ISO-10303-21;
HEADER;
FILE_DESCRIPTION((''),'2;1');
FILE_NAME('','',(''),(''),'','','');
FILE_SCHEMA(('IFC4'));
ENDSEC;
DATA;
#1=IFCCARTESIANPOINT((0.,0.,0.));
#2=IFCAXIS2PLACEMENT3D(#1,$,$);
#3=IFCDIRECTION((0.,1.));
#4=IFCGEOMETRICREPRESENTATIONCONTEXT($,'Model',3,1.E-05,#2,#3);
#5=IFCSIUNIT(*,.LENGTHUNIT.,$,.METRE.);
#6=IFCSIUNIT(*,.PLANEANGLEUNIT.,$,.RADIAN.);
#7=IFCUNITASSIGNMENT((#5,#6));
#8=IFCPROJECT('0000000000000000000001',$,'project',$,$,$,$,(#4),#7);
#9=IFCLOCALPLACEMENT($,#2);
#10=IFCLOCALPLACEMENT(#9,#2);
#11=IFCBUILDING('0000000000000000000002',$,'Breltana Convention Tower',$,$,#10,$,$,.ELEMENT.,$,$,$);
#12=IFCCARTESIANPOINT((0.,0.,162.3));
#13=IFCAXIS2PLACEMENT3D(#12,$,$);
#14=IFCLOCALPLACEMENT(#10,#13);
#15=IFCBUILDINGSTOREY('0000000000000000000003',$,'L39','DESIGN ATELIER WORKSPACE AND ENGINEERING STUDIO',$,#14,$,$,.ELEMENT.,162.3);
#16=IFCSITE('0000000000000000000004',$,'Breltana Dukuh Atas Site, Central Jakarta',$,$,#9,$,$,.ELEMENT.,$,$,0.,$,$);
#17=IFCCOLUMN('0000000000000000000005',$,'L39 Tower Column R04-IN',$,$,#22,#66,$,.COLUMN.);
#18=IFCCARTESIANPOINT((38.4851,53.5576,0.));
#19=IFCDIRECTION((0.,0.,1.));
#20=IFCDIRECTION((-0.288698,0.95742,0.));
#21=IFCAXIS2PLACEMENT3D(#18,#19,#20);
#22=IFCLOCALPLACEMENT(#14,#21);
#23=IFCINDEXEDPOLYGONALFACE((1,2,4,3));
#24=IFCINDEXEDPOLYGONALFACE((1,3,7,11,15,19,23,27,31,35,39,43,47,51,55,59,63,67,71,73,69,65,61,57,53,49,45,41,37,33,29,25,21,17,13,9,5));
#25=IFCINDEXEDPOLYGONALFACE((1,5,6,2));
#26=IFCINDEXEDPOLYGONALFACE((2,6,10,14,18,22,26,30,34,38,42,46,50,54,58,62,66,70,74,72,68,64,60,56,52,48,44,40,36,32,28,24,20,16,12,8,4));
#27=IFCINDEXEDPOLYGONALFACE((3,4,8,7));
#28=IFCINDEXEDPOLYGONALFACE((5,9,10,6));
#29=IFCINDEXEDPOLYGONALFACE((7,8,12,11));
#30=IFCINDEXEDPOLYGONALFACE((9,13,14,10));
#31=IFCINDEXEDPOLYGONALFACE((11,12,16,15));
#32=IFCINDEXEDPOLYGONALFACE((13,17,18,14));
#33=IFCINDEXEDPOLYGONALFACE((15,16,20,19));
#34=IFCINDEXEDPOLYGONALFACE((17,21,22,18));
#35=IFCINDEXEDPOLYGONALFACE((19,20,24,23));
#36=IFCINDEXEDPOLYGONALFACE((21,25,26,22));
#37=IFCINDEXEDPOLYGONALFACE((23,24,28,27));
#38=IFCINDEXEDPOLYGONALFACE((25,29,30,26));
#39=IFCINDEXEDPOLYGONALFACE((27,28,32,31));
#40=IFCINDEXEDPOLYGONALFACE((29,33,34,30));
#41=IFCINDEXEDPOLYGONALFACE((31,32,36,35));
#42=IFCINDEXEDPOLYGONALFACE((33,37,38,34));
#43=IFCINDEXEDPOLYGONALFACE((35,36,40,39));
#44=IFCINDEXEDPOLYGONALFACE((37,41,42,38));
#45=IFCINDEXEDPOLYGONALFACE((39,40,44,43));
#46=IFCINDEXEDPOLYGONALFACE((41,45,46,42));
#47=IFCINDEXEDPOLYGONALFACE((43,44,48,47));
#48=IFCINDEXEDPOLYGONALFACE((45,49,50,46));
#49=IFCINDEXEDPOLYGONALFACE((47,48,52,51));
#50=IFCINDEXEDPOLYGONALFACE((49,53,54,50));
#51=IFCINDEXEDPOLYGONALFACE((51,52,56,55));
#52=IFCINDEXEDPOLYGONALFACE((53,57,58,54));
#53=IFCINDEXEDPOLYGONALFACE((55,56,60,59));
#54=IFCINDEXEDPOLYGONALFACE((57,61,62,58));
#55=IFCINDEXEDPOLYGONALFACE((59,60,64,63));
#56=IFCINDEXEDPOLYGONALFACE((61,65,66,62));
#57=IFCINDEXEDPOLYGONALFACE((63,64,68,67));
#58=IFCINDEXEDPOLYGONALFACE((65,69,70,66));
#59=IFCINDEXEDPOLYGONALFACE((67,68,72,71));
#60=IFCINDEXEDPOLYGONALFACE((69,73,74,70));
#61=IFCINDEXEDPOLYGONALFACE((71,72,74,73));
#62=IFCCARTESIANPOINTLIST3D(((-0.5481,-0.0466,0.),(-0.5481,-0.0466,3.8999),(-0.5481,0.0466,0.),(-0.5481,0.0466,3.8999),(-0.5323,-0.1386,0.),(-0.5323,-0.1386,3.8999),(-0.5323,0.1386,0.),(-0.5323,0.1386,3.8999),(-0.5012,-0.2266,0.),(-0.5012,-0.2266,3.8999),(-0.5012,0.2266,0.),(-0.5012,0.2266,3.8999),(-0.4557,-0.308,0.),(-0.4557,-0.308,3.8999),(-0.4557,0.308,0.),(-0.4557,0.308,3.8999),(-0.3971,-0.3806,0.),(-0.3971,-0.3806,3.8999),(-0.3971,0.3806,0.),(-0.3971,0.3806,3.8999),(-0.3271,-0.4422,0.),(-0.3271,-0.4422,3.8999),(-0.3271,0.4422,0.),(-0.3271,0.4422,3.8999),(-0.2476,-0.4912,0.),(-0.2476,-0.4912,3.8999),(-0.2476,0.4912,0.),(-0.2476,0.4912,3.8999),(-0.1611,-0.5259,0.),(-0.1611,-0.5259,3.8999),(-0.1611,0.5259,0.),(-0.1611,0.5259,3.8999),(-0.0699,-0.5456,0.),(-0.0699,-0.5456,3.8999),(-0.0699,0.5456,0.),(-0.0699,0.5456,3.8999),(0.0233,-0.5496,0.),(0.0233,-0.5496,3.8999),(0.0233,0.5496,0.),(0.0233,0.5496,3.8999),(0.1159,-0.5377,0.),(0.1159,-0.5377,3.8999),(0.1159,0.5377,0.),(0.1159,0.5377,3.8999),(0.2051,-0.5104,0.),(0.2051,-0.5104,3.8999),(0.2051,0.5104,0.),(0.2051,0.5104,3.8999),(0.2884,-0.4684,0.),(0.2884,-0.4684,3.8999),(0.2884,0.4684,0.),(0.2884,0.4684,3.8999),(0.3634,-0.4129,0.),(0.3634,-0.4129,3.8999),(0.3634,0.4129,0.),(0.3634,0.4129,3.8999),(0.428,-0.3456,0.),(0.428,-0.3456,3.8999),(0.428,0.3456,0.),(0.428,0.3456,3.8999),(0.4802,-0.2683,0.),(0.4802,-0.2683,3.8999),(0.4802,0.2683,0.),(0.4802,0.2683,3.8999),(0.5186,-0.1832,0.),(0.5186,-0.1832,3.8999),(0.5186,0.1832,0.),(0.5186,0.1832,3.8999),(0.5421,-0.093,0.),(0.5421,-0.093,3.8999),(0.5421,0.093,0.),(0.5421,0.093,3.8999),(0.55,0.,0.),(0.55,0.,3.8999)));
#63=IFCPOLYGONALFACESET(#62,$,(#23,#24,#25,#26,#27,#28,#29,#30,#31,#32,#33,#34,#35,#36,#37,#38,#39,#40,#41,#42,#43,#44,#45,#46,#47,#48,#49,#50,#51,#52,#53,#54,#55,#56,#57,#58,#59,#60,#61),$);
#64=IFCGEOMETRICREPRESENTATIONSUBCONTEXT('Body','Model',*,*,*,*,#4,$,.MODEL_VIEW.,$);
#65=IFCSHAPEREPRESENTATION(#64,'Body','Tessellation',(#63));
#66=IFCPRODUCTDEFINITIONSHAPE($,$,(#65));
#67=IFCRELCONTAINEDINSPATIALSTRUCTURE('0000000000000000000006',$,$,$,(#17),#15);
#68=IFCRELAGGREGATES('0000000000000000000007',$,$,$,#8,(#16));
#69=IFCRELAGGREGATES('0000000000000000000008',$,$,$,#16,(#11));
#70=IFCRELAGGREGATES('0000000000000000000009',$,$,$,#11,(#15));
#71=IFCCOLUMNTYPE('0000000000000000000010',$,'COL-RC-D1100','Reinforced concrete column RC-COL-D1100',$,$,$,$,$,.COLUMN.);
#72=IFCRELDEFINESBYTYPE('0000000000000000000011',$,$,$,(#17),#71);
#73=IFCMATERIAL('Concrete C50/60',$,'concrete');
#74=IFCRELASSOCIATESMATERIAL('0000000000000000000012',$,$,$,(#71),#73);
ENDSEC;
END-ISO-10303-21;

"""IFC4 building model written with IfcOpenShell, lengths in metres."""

from ifc_helpers import new_model, si_unit, direction, frame, origin, origin_2d, place, context, subcontext, project, spatial, circle, extrude, source, transform, mapped, material, material_profile, profile_set, type_object, element, save


model = new_model("IFC4")

# Units and contexts
model_context = context("Model", 3, precision=1e-05, world=origin(), true_north=direction((0.0, 1.0)))
body_context = subcontext(model_context, "Body", "Model", "MODEL_VIEW")
ifc_project = project(units=[si_unit("LENGTHUNIT", "METRE"), si_unit("PLANEANGLEUNIT", "RADIAN")], contexts=[model_context])

# Site, building, storey
site_placement = place(None, origin())
site = spatial("IfcSite", under=ifc_project, at=site_placement, Name="Breltana Dukuh Atas Site, Central Jakarta", CompositionType="ELEMENT", RefElevation=0.0)
building_placement = place(site_placement, origin())
building = spatial("IfcBuilding", under=site, at=building_placement, Name="Breltana Convention Tower", CompositionType="ELEMENT")
storey_placement = place(building_placement, frame((0.0, 0.0, 162.3)))
storey = spatial("IfcBuildingStorey", under=building, at=storey_placement, Name="L39", Description="DESIGN ATELIER WORKSPACE AND ENGINEERING STUDIO", CompositionType="ELEMENT", Elevation=162.3)

# Column
ifc_material_1 = material(Name="Concrete C50/60", Category="concrete")
ifc_material_profile_1 = material_profile(ifc_material_1, circle(Radius=0.55, at=origin_2d()), Name="RC-COL-D1100")
ifc_profile_set_1 = profile_set([ifc_material_profile_1], Name="Concrete C50/60")
column_type_1 = type_object("IfcColumnType", Name="COL-RC-D1100", Description="Reinforced concrete column RC-COL-D1100", PredefinedType="COLUMN", material=ifc_profile_set_1)
shared_shape_1 = source(origin(), body_context, "Body", "SweptSolid", [
    extrude(circle(Radius=0.55, at=origin_2d()), origin(), (0.0, 0.0, 1.0), 3.8999),
])
for number, where, z_axis, x_axis, name in (
    (1, (38.4851, 53.5576, 0.0), (0.0, 0.0, 1.0), (-0.288698, 0.95742, 0.0), "L39 Tower Column R04-IN"),
):
    element("IfcColumn", number, at=place(storey_placement, frame(where, z_axis=z_axis, x_axis=x_axis)), inside=storey, type_object=column_type_1, Name=name, PredefinedType="COLUMN", context=body_context, shape_type="MappedRepresentation", body=[
        mapped(shared_shape_1, transform((0.0, 0.0, 0.0), scale=1.0)),
    ])

save(model, "model.ifc")
